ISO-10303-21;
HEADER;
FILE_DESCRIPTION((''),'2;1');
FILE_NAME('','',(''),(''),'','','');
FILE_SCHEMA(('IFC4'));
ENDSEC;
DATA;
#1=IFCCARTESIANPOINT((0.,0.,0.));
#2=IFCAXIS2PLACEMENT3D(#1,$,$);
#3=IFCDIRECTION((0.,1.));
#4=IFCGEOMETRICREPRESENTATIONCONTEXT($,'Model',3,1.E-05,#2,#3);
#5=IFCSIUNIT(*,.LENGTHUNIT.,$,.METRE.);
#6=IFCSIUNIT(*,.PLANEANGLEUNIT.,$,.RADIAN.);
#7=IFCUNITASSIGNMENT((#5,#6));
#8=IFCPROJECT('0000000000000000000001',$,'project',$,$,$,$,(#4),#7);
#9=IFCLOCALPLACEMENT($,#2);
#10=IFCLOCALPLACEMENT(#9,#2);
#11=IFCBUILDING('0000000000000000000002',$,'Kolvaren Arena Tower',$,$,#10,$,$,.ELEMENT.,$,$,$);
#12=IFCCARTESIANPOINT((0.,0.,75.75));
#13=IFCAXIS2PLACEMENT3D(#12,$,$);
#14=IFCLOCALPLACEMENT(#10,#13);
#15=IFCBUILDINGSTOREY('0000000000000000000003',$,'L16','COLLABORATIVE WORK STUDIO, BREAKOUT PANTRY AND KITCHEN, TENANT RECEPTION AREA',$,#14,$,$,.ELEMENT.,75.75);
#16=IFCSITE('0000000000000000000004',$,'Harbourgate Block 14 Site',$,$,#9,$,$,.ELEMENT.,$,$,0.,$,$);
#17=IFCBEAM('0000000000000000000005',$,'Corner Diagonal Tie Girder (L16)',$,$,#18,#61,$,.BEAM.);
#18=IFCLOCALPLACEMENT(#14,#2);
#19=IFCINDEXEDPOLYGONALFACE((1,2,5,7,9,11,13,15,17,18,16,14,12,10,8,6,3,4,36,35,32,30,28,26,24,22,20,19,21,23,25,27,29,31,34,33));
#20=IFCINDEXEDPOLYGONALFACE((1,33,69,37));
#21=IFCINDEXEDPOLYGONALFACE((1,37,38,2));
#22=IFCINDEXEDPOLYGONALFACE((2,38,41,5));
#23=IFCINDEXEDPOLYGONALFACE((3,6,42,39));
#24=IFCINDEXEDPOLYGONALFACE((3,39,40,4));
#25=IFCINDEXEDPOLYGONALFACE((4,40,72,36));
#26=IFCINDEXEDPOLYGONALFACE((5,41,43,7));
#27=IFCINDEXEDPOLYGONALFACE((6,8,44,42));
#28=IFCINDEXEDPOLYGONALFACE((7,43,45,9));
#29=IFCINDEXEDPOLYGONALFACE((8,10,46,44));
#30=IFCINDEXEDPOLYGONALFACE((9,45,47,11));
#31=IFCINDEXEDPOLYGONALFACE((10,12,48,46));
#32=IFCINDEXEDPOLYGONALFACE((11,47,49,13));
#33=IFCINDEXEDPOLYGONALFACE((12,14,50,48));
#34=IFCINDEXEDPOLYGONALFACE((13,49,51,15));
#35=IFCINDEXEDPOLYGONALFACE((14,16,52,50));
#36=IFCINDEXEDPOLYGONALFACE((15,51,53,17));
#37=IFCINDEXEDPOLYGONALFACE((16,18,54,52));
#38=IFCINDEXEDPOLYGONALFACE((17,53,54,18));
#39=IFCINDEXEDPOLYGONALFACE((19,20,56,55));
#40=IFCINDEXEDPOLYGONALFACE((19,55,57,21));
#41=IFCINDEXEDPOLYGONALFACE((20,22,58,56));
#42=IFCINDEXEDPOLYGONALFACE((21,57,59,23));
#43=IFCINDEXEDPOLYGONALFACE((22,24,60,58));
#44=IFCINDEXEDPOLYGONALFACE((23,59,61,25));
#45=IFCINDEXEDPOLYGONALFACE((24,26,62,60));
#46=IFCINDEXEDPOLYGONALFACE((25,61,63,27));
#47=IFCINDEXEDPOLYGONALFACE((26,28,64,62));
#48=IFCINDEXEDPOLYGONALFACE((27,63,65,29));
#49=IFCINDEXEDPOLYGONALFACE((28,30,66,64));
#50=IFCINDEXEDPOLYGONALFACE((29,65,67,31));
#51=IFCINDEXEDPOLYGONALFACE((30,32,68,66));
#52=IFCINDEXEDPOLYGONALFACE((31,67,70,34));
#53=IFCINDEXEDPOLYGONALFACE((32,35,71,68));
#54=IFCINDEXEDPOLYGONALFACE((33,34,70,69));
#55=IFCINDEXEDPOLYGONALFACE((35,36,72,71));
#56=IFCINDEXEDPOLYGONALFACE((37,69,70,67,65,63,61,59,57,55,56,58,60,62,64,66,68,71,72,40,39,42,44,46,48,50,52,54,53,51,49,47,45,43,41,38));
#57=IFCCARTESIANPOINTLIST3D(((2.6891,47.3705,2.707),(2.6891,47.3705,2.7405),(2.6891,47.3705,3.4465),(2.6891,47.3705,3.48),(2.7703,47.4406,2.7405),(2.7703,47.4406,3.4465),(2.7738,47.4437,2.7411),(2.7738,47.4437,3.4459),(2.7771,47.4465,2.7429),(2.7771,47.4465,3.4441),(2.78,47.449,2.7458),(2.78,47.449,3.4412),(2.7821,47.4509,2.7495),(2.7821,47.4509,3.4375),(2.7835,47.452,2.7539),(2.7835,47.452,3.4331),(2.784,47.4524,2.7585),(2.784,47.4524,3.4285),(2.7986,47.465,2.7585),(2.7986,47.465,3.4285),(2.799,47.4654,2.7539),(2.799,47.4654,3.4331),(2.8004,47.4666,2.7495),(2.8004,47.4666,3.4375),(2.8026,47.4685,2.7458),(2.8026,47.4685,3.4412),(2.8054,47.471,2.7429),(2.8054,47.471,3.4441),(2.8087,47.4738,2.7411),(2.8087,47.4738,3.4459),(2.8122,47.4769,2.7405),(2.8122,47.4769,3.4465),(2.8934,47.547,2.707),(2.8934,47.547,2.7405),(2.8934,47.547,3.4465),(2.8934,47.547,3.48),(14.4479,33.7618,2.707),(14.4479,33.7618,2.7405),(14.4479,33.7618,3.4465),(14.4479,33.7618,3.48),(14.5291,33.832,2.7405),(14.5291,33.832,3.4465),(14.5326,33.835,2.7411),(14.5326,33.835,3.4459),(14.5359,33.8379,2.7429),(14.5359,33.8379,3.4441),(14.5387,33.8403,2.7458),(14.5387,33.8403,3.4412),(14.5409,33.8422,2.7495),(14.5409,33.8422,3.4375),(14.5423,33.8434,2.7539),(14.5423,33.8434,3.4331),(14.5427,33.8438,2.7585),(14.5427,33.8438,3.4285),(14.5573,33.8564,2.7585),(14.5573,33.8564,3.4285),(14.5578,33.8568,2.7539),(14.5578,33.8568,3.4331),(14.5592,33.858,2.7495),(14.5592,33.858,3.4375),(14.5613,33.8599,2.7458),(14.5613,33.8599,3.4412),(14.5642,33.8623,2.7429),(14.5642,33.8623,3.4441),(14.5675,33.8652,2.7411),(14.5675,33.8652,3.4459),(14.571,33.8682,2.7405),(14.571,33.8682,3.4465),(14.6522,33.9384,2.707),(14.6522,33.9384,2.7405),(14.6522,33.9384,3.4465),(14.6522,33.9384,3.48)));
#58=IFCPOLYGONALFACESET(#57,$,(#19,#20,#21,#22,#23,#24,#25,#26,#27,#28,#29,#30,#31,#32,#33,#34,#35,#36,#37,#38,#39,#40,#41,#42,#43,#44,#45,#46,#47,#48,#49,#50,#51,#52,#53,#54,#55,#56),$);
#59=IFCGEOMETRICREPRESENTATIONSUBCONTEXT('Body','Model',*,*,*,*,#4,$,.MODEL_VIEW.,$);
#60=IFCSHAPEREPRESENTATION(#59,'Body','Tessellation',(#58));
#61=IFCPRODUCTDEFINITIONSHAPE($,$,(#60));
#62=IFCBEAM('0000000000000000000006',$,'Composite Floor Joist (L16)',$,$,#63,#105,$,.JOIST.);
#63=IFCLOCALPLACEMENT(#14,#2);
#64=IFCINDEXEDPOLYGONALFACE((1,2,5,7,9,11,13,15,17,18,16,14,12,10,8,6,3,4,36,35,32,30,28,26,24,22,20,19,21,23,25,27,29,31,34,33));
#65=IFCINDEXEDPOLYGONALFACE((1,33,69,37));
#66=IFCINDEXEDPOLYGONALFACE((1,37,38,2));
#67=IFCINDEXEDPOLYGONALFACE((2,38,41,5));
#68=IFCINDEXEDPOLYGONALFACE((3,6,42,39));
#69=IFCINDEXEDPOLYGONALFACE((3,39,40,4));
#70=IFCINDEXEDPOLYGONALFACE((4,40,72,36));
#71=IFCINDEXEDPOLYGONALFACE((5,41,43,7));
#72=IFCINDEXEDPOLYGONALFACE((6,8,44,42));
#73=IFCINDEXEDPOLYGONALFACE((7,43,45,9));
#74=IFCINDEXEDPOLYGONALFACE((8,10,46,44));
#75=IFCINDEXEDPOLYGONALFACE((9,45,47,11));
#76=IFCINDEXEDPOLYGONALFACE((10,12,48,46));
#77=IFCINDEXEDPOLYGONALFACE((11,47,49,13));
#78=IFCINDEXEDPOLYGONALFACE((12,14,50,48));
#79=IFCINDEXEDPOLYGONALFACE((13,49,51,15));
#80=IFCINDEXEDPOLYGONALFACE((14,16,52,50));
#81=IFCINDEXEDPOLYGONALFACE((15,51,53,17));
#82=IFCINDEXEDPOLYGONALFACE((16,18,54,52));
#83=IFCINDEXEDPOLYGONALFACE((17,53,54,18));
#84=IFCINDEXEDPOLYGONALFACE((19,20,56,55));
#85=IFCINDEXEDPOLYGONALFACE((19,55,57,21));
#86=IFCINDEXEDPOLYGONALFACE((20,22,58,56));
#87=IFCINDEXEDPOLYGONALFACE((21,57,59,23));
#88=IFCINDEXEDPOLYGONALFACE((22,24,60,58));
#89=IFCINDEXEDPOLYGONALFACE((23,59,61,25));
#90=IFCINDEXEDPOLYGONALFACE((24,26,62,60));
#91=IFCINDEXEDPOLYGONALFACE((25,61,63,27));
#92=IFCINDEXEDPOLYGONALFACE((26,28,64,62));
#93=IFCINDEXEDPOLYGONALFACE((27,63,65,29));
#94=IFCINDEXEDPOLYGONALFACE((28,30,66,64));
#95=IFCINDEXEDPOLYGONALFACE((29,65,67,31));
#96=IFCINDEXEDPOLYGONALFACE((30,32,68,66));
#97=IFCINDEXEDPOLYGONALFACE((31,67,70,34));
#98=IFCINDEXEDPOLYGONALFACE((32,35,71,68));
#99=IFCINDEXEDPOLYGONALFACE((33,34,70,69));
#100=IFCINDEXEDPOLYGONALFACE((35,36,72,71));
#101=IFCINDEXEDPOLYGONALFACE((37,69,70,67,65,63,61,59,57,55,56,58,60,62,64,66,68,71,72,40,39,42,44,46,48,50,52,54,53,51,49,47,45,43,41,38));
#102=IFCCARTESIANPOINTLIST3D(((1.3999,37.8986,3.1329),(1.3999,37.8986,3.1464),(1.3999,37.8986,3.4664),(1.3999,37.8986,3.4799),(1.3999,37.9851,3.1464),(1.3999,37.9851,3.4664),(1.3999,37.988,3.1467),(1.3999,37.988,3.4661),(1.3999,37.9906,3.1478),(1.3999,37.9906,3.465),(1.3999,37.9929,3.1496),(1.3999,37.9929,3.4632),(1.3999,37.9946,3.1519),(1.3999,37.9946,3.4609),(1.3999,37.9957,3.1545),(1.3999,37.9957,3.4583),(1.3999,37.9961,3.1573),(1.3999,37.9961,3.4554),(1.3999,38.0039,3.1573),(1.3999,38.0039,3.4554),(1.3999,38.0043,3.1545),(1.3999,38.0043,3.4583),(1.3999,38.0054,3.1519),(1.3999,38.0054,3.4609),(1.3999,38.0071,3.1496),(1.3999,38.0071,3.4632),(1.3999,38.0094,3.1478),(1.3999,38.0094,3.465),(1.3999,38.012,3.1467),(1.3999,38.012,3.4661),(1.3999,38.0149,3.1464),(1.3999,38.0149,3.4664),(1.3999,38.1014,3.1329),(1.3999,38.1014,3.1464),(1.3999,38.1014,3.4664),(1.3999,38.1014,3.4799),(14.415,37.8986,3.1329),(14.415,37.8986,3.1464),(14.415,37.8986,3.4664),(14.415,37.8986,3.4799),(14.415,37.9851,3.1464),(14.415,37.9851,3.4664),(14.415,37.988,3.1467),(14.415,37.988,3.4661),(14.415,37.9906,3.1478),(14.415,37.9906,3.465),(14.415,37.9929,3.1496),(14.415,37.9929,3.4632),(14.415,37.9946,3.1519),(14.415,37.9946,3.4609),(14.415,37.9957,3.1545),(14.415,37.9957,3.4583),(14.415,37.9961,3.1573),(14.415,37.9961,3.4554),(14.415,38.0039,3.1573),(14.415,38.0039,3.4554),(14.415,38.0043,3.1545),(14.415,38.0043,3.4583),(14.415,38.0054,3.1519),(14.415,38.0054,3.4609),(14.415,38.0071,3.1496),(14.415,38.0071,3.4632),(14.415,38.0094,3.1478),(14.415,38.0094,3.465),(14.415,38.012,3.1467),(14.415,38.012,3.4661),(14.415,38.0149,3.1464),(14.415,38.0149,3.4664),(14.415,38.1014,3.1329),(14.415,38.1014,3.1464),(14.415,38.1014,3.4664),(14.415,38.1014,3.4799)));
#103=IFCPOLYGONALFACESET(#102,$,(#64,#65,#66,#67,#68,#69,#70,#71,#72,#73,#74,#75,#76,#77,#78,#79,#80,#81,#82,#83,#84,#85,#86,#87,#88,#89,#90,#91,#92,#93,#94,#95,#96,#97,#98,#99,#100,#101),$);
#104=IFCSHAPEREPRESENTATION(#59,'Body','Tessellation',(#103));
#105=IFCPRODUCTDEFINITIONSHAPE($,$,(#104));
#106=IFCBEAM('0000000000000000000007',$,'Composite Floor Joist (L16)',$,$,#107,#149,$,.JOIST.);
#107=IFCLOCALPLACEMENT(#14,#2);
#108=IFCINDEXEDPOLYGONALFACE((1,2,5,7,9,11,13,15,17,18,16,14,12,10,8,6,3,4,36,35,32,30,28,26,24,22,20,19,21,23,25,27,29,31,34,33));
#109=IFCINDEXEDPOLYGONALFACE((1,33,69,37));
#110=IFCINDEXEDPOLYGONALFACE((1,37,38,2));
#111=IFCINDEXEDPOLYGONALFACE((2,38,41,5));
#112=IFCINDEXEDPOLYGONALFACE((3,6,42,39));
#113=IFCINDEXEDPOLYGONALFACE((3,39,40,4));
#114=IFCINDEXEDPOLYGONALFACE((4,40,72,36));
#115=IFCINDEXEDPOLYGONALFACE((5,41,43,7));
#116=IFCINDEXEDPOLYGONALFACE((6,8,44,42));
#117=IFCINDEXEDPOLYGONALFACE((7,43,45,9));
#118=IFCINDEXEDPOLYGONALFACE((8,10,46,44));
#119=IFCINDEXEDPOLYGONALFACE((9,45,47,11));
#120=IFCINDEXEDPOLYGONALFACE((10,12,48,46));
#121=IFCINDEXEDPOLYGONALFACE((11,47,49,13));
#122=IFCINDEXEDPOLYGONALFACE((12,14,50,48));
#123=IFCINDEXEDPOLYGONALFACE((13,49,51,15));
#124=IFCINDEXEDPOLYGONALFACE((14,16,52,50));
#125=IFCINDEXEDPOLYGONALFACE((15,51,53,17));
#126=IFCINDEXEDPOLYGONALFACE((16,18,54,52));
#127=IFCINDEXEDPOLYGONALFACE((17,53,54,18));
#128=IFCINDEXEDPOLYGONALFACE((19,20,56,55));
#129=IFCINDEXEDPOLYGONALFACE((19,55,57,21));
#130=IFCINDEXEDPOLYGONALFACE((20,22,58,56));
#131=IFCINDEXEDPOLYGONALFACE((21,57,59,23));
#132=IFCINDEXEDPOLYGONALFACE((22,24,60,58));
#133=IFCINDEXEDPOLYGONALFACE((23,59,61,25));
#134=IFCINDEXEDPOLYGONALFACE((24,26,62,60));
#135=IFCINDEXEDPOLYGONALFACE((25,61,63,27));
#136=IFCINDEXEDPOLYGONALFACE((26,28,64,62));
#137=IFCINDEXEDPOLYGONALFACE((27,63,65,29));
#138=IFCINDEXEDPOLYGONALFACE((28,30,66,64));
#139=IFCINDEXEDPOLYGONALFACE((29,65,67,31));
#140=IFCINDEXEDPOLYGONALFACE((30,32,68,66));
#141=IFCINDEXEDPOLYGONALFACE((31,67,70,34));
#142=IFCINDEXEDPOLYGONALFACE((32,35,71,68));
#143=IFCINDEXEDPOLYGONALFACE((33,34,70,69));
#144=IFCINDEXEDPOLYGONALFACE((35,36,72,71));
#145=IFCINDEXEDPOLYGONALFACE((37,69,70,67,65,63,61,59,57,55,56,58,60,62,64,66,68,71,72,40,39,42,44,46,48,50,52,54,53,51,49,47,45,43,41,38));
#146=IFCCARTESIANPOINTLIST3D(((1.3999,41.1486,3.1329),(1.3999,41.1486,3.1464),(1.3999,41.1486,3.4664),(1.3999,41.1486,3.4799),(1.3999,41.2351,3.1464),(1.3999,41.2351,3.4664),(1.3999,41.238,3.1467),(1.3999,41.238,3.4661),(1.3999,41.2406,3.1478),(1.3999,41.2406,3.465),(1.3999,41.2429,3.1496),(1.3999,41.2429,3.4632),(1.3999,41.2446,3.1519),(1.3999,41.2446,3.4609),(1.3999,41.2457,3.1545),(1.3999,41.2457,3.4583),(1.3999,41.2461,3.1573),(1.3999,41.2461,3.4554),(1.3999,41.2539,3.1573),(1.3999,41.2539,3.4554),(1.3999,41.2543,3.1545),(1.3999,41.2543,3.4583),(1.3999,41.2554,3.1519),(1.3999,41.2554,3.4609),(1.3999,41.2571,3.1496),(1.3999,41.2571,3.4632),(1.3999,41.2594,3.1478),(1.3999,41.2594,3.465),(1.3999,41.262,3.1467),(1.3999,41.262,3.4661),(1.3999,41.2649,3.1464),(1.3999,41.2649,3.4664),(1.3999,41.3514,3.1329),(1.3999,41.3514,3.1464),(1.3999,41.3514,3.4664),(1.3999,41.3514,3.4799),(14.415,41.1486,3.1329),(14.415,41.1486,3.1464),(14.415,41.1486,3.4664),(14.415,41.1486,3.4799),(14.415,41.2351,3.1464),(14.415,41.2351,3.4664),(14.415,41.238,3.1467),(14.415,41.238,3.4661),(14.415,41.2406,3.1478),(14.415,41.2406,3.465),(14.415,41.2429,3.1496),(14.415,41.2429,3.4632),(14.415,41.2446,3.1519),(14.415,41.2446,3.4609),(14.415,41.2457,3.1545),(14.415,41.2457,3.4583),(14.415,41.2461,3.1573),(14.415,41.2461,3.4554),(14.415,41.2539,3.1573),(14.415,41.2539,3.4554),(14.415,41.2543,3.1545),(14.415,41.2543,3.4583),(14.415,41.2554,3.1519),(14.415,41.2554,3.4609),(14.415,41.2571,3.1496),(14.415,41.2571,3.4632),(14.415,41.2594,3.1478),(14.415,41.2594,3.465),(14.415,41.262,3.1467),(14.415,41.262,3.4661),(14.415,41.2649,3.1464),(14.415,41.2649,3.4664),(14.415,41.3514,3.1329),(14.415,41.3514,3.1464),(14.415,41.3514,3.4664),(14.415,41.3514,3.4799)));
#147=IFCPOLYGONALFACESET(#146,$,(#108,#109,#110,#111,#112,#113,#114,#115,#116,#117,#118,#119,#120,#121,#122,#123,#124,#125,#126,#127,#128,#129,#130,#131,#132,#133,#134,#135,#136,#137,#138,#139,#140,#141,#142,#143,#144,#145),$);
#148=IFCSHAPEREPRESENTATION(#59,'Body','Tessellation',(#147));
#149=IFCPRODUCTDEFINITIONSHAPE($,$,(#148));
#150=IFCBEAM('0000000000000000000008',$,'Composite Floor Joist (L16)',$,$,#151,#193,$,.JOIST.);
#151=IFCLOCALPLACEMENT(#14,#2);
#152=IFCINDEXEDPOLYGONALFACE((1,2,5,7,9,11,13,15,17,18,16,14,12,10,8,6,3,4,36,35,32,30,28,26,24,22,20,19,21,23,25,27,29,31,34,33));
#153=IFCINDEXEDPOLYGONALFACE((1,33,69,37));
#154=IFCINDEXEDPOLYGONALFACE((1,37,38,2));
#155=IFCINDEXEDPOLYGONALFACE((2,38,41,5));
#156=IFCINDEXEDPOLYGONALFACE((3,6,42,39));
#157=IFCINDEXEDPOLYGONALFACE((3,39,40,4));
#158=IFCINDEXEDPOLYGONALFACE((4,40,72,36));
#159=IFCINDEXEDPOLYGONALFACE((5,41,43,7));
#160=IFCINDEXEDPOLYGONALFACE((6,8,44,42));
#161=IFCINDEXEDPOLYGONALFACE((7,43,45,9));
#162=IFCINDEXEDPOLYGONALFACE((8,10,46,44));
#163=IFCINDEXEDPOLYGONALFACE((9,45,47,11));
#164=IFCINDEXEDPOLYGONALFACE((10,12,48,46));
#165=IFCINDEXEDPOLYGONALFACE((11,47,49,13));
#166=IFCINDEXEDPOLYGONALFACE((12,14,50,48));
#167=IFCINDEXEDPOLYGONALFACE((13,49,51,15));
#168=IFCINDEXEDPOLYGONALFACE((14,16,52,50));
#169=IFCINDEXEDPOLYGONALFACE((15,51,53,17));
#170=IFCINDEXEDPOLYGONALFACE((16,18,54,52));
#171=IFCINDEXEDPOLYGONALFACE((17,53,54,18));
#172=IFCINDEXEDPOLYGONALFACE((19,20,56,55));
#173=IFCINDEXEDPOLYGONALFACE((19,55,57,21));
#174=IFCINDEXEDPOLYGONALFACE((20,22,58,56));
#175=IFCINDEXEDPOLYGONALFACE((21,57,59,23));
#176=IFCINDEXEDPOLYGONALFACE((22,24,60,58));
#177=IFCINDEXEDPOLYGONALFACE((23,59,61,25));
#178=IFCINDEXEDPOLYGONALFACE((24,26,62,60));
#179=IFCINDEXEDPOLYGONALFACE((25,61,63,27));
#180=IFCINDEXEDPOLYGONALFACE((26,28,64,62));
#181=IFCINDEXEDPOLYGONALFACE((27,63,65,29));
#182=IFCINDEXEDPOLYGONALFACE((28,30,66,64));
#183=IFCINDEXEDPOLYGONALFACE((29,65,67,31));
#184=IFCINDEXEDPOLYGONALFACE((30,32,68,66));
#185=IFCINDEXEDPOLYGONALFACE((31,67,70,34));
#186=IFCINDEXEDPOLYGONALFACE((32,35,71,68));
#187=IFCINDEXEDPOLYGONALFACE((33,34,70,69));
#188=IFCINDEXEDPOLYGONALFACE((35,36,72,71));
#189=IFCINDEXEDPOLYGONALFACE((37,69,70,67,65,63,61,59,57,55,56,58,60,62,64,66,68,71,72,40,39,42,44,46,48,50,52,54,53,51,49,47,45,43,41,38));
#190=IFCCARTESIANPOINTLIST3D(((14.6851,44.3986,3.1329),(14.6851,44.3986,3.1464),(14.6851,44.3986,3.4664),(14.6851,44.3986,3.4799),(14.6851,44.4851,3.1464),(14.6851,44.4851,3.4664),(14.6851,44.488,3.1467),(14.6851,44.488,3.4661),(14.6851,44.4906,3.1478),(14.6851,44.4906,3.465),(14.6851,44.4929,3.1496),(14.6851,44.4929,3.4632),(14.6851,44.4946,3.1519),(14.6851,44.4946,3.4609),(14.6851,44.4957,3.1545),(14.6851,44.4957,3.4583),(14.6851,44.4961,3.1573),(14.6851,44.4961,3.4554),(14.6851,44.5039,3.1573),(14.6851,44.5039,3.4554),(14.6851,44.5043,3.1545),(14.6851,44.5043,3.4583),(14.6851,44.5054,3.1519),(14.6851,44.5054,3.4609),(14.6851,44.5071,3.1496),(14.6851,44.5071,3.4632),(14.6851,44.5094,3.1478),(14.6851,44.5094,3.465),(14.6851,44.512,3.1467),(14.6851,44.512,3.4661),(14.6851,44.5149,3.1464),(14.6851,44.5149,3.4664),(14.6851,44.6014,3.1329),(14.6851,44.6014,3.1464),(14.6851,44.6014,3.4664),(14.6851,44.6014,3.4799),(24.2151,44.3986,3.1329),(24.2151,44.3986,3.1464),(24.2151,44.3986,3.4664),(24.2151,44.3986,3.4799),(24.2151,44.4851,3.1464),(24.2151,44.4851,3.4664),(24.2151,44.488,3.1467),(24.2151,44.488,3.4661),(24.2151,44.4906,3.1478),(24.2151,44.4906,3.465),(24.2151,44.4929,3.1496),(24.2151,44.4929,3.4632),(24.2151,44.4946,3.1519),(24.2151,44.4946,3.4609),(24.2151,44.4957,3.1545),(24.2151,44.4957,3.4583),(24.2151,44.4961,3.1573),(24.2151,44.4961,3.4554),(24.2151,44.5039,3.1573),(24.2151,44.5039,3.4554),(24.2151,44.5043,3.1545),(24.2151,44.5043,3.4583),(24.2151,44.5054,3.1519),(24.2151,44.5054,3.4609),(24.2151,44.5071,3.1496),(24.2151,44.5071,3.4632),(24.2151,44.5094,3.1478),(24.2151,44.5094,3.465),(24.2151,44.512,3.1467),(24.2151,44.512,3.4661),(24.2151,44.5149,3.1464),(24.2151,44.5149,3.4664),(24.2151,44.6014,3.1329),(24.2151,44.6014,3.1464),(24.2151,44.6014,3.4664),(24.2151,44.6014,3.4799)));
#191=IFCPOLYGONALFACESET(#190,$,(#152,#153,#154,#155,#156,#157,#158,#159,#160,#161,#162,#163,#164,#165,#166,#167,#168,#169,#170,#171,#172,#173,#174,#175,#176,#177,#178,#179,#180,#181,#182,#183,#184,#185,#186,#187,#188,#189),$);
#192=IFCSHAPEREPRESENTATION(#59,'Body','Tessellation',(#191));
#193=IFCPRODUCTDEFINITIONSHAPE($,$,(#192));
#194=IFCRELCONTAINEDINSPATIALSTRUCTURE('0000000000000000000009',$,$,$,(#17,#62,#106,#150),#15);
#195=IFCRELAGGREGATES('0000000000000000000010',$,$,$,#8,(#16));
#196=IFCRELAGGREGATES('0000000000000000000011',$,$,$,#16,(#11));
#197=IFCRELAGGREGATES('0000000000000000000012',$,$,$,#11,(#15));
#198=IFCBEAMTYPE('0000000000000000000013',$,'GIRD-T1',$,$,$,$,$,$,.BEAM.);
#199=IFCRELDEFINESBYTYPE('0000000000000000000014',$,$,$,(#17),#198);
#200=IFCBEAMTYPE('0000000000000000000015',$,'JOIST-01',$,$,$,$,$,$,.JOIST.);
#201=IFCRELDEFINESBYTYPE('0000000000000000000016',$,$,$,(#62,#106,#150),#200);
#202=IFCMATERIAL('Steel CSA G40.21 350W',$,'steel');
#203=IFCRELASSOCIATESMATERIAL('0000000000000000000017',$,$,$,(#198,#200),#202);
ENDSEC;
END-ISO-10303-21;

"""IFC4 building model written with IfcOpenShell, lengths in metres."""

from ifc_helpers import new_model, si_unit, direction, frame, origin, origin_2d, place, context, subcontext, project, spatial, i_section, extrude, material, material_profile, profile_set, type_object, element, save


model = new_model("IFC4")

# Units and contexts
model_context = context("Model", 3, precision=1e-05, world=origin(), true_north=direction((0.0, 1.0)))
body_context = subcontext(model_context, "Body", "Model", "MODEL_VIEW")
ifc_project = project(units=[si_unit("LENGTHUNIT", "METRE"), si_unit("PLANEANGLEUNIT", "RADIAN")], contexts=[model_context])

# Site, building, storey
site_placement = place(None, origin())
site = spatial("IfcSite", under=ifc_project, at=site_placement, Name="Harbourgate Block 14 Site", CompositionType="ELEMENT", RefElevation=0.0)
building_placement = place(site_placement, origin())
building = spatial("IfcBuilding", under=site, at=building_placement, Name="Kolvaren Arena Tower", CompositionType="ELEMENT")
storey_placement = place(building_placement, frame((0.0, 0.0, 75.75)))
storey = spatial("IfcBuildingStorey", under=building, at=storey_placement, Name="L16", Description="COLLABORATIVE WORK STUDIO, BREAKOUT PANTRY AND KITCHEN, TENANT RECEPTION AREA", CompositionType="ELEMENT", Elevation=75.75)

# Beams
ifc_material_1 = material(Name="Steel CSA G40.21 350W", Category="steel")
ifc_material_profile_1 = material_profile(ifc_material_1, i_section(OverallWidth=0.27, OverallDepth=0.7729, WebThickness=0.0193, FlangeThickness=0.0334, FilletRadius=0.0181, at=origin_2d()), Name="W760x257")
ifc_profile_set_1 = profile_set([ifc_material_profile_1], Name="Steel CSA G40.21 350W")
beam_type_1 = type_object("IfcBeamType", Name="GIRD-T1", PredefinedType="BEAM", material=ifc_profile_set_1)
beam_1_placement = place(storey_placement, frame((2.7913, 47.4587, 3.0935), z_axis=(0.653807, -0.756662, 0.0), x_axis=(0.756662, 0.653807, 0.0)))
element("IfcBeam", 1, at=beam_1_placement, inside=storey, type_object=beam_type_1, Name="Corner Diagonal Tie Girder (L16)", PredefinedType="BEAM", context=body_context, shape_type="SweptSolid", body=[
    extrude(i_section(OverallWidth=0.27, OverallDepth=0.7729, WebThickness=0.0193, FlangeThickness=0.0334, FilletRadius=0.0181, at=origin_2d()), origin(), (0.0, 0.0, 1.0), 17.9851),
])
ifc_material_profile_2 = material_profile(ifc_material_1, i_section(OverallWidth=0.2029, OverallDepth=0.3469, WebThickness=0.0078, FlangeThickness=0.0134, FilletRadius=0.011, at=origin_2d()), Name="W360x64")
ifc_profile_set_2 = profile_set([ifc_material_profile_2], Name="Steel CSA G40.21 350W")
beam_type_2 = type_object("IfcBeamType", Name="JOIST-01", PredefinedType="JOIST", material=ifc_profile_set_2)
for number, where, z_axis, x_axis, name in (
    (2, (1.3999, 38.0, 3.3064), (1.0, 0.0, 0.0), (0.0, 1.0, 0.0), "Composite Floor Joist (L16)"),
    (3, (1.3999, 41.25, 3.3064), (1.0, 0.0, 0.0), (0.0, 1.0, 0.0), "Composite Floor Joist (L16)"),
):
    element("IfcBeam", number, at=place(storey_placement, frame(where, z_axis=z_axis, x_axis=x_axis)), inside=storey, type_object=beam_type_2, Name=name, PredefinedType="JOIST", context=body_context, shape_type="SweptSolid", body=[
        extrude(i_section(OverallWidth=0.2029, OverallDepth=0.3469, WebThickness=0.0078, FlangeThickness=0.0134, FilletRadius=0.011, at=origin_2d()), origin(), (0.0, 0.0, 1.0), 13.0151),
    ])
beam_2_placement = place(storey_placement, frame((14.6851, 44.5, 3.3064), z_axis=(1.0, 0.0, 0.0), x_axis=(0.0, 1.0, 0.0)))
element("IfcBeam", 4, at=beam_2_placement, inside=storey, type_object=beam_type_2, Name="Composite Floor Joist (L16)", PredefinedType="JOIST", context=body_context, shape_type="SweptSolid", body=[
    extrude(i_section(OverallWidth=0.2029, OverallDepth=0.3469, WebThickness=0.0078, FlangeThickness=0.0134, FilletRadius=0.011, at=origin_2d()), origin(), (0.0, 0.0, 1.0), 9.53),
])

save(model, "model.ifc")
